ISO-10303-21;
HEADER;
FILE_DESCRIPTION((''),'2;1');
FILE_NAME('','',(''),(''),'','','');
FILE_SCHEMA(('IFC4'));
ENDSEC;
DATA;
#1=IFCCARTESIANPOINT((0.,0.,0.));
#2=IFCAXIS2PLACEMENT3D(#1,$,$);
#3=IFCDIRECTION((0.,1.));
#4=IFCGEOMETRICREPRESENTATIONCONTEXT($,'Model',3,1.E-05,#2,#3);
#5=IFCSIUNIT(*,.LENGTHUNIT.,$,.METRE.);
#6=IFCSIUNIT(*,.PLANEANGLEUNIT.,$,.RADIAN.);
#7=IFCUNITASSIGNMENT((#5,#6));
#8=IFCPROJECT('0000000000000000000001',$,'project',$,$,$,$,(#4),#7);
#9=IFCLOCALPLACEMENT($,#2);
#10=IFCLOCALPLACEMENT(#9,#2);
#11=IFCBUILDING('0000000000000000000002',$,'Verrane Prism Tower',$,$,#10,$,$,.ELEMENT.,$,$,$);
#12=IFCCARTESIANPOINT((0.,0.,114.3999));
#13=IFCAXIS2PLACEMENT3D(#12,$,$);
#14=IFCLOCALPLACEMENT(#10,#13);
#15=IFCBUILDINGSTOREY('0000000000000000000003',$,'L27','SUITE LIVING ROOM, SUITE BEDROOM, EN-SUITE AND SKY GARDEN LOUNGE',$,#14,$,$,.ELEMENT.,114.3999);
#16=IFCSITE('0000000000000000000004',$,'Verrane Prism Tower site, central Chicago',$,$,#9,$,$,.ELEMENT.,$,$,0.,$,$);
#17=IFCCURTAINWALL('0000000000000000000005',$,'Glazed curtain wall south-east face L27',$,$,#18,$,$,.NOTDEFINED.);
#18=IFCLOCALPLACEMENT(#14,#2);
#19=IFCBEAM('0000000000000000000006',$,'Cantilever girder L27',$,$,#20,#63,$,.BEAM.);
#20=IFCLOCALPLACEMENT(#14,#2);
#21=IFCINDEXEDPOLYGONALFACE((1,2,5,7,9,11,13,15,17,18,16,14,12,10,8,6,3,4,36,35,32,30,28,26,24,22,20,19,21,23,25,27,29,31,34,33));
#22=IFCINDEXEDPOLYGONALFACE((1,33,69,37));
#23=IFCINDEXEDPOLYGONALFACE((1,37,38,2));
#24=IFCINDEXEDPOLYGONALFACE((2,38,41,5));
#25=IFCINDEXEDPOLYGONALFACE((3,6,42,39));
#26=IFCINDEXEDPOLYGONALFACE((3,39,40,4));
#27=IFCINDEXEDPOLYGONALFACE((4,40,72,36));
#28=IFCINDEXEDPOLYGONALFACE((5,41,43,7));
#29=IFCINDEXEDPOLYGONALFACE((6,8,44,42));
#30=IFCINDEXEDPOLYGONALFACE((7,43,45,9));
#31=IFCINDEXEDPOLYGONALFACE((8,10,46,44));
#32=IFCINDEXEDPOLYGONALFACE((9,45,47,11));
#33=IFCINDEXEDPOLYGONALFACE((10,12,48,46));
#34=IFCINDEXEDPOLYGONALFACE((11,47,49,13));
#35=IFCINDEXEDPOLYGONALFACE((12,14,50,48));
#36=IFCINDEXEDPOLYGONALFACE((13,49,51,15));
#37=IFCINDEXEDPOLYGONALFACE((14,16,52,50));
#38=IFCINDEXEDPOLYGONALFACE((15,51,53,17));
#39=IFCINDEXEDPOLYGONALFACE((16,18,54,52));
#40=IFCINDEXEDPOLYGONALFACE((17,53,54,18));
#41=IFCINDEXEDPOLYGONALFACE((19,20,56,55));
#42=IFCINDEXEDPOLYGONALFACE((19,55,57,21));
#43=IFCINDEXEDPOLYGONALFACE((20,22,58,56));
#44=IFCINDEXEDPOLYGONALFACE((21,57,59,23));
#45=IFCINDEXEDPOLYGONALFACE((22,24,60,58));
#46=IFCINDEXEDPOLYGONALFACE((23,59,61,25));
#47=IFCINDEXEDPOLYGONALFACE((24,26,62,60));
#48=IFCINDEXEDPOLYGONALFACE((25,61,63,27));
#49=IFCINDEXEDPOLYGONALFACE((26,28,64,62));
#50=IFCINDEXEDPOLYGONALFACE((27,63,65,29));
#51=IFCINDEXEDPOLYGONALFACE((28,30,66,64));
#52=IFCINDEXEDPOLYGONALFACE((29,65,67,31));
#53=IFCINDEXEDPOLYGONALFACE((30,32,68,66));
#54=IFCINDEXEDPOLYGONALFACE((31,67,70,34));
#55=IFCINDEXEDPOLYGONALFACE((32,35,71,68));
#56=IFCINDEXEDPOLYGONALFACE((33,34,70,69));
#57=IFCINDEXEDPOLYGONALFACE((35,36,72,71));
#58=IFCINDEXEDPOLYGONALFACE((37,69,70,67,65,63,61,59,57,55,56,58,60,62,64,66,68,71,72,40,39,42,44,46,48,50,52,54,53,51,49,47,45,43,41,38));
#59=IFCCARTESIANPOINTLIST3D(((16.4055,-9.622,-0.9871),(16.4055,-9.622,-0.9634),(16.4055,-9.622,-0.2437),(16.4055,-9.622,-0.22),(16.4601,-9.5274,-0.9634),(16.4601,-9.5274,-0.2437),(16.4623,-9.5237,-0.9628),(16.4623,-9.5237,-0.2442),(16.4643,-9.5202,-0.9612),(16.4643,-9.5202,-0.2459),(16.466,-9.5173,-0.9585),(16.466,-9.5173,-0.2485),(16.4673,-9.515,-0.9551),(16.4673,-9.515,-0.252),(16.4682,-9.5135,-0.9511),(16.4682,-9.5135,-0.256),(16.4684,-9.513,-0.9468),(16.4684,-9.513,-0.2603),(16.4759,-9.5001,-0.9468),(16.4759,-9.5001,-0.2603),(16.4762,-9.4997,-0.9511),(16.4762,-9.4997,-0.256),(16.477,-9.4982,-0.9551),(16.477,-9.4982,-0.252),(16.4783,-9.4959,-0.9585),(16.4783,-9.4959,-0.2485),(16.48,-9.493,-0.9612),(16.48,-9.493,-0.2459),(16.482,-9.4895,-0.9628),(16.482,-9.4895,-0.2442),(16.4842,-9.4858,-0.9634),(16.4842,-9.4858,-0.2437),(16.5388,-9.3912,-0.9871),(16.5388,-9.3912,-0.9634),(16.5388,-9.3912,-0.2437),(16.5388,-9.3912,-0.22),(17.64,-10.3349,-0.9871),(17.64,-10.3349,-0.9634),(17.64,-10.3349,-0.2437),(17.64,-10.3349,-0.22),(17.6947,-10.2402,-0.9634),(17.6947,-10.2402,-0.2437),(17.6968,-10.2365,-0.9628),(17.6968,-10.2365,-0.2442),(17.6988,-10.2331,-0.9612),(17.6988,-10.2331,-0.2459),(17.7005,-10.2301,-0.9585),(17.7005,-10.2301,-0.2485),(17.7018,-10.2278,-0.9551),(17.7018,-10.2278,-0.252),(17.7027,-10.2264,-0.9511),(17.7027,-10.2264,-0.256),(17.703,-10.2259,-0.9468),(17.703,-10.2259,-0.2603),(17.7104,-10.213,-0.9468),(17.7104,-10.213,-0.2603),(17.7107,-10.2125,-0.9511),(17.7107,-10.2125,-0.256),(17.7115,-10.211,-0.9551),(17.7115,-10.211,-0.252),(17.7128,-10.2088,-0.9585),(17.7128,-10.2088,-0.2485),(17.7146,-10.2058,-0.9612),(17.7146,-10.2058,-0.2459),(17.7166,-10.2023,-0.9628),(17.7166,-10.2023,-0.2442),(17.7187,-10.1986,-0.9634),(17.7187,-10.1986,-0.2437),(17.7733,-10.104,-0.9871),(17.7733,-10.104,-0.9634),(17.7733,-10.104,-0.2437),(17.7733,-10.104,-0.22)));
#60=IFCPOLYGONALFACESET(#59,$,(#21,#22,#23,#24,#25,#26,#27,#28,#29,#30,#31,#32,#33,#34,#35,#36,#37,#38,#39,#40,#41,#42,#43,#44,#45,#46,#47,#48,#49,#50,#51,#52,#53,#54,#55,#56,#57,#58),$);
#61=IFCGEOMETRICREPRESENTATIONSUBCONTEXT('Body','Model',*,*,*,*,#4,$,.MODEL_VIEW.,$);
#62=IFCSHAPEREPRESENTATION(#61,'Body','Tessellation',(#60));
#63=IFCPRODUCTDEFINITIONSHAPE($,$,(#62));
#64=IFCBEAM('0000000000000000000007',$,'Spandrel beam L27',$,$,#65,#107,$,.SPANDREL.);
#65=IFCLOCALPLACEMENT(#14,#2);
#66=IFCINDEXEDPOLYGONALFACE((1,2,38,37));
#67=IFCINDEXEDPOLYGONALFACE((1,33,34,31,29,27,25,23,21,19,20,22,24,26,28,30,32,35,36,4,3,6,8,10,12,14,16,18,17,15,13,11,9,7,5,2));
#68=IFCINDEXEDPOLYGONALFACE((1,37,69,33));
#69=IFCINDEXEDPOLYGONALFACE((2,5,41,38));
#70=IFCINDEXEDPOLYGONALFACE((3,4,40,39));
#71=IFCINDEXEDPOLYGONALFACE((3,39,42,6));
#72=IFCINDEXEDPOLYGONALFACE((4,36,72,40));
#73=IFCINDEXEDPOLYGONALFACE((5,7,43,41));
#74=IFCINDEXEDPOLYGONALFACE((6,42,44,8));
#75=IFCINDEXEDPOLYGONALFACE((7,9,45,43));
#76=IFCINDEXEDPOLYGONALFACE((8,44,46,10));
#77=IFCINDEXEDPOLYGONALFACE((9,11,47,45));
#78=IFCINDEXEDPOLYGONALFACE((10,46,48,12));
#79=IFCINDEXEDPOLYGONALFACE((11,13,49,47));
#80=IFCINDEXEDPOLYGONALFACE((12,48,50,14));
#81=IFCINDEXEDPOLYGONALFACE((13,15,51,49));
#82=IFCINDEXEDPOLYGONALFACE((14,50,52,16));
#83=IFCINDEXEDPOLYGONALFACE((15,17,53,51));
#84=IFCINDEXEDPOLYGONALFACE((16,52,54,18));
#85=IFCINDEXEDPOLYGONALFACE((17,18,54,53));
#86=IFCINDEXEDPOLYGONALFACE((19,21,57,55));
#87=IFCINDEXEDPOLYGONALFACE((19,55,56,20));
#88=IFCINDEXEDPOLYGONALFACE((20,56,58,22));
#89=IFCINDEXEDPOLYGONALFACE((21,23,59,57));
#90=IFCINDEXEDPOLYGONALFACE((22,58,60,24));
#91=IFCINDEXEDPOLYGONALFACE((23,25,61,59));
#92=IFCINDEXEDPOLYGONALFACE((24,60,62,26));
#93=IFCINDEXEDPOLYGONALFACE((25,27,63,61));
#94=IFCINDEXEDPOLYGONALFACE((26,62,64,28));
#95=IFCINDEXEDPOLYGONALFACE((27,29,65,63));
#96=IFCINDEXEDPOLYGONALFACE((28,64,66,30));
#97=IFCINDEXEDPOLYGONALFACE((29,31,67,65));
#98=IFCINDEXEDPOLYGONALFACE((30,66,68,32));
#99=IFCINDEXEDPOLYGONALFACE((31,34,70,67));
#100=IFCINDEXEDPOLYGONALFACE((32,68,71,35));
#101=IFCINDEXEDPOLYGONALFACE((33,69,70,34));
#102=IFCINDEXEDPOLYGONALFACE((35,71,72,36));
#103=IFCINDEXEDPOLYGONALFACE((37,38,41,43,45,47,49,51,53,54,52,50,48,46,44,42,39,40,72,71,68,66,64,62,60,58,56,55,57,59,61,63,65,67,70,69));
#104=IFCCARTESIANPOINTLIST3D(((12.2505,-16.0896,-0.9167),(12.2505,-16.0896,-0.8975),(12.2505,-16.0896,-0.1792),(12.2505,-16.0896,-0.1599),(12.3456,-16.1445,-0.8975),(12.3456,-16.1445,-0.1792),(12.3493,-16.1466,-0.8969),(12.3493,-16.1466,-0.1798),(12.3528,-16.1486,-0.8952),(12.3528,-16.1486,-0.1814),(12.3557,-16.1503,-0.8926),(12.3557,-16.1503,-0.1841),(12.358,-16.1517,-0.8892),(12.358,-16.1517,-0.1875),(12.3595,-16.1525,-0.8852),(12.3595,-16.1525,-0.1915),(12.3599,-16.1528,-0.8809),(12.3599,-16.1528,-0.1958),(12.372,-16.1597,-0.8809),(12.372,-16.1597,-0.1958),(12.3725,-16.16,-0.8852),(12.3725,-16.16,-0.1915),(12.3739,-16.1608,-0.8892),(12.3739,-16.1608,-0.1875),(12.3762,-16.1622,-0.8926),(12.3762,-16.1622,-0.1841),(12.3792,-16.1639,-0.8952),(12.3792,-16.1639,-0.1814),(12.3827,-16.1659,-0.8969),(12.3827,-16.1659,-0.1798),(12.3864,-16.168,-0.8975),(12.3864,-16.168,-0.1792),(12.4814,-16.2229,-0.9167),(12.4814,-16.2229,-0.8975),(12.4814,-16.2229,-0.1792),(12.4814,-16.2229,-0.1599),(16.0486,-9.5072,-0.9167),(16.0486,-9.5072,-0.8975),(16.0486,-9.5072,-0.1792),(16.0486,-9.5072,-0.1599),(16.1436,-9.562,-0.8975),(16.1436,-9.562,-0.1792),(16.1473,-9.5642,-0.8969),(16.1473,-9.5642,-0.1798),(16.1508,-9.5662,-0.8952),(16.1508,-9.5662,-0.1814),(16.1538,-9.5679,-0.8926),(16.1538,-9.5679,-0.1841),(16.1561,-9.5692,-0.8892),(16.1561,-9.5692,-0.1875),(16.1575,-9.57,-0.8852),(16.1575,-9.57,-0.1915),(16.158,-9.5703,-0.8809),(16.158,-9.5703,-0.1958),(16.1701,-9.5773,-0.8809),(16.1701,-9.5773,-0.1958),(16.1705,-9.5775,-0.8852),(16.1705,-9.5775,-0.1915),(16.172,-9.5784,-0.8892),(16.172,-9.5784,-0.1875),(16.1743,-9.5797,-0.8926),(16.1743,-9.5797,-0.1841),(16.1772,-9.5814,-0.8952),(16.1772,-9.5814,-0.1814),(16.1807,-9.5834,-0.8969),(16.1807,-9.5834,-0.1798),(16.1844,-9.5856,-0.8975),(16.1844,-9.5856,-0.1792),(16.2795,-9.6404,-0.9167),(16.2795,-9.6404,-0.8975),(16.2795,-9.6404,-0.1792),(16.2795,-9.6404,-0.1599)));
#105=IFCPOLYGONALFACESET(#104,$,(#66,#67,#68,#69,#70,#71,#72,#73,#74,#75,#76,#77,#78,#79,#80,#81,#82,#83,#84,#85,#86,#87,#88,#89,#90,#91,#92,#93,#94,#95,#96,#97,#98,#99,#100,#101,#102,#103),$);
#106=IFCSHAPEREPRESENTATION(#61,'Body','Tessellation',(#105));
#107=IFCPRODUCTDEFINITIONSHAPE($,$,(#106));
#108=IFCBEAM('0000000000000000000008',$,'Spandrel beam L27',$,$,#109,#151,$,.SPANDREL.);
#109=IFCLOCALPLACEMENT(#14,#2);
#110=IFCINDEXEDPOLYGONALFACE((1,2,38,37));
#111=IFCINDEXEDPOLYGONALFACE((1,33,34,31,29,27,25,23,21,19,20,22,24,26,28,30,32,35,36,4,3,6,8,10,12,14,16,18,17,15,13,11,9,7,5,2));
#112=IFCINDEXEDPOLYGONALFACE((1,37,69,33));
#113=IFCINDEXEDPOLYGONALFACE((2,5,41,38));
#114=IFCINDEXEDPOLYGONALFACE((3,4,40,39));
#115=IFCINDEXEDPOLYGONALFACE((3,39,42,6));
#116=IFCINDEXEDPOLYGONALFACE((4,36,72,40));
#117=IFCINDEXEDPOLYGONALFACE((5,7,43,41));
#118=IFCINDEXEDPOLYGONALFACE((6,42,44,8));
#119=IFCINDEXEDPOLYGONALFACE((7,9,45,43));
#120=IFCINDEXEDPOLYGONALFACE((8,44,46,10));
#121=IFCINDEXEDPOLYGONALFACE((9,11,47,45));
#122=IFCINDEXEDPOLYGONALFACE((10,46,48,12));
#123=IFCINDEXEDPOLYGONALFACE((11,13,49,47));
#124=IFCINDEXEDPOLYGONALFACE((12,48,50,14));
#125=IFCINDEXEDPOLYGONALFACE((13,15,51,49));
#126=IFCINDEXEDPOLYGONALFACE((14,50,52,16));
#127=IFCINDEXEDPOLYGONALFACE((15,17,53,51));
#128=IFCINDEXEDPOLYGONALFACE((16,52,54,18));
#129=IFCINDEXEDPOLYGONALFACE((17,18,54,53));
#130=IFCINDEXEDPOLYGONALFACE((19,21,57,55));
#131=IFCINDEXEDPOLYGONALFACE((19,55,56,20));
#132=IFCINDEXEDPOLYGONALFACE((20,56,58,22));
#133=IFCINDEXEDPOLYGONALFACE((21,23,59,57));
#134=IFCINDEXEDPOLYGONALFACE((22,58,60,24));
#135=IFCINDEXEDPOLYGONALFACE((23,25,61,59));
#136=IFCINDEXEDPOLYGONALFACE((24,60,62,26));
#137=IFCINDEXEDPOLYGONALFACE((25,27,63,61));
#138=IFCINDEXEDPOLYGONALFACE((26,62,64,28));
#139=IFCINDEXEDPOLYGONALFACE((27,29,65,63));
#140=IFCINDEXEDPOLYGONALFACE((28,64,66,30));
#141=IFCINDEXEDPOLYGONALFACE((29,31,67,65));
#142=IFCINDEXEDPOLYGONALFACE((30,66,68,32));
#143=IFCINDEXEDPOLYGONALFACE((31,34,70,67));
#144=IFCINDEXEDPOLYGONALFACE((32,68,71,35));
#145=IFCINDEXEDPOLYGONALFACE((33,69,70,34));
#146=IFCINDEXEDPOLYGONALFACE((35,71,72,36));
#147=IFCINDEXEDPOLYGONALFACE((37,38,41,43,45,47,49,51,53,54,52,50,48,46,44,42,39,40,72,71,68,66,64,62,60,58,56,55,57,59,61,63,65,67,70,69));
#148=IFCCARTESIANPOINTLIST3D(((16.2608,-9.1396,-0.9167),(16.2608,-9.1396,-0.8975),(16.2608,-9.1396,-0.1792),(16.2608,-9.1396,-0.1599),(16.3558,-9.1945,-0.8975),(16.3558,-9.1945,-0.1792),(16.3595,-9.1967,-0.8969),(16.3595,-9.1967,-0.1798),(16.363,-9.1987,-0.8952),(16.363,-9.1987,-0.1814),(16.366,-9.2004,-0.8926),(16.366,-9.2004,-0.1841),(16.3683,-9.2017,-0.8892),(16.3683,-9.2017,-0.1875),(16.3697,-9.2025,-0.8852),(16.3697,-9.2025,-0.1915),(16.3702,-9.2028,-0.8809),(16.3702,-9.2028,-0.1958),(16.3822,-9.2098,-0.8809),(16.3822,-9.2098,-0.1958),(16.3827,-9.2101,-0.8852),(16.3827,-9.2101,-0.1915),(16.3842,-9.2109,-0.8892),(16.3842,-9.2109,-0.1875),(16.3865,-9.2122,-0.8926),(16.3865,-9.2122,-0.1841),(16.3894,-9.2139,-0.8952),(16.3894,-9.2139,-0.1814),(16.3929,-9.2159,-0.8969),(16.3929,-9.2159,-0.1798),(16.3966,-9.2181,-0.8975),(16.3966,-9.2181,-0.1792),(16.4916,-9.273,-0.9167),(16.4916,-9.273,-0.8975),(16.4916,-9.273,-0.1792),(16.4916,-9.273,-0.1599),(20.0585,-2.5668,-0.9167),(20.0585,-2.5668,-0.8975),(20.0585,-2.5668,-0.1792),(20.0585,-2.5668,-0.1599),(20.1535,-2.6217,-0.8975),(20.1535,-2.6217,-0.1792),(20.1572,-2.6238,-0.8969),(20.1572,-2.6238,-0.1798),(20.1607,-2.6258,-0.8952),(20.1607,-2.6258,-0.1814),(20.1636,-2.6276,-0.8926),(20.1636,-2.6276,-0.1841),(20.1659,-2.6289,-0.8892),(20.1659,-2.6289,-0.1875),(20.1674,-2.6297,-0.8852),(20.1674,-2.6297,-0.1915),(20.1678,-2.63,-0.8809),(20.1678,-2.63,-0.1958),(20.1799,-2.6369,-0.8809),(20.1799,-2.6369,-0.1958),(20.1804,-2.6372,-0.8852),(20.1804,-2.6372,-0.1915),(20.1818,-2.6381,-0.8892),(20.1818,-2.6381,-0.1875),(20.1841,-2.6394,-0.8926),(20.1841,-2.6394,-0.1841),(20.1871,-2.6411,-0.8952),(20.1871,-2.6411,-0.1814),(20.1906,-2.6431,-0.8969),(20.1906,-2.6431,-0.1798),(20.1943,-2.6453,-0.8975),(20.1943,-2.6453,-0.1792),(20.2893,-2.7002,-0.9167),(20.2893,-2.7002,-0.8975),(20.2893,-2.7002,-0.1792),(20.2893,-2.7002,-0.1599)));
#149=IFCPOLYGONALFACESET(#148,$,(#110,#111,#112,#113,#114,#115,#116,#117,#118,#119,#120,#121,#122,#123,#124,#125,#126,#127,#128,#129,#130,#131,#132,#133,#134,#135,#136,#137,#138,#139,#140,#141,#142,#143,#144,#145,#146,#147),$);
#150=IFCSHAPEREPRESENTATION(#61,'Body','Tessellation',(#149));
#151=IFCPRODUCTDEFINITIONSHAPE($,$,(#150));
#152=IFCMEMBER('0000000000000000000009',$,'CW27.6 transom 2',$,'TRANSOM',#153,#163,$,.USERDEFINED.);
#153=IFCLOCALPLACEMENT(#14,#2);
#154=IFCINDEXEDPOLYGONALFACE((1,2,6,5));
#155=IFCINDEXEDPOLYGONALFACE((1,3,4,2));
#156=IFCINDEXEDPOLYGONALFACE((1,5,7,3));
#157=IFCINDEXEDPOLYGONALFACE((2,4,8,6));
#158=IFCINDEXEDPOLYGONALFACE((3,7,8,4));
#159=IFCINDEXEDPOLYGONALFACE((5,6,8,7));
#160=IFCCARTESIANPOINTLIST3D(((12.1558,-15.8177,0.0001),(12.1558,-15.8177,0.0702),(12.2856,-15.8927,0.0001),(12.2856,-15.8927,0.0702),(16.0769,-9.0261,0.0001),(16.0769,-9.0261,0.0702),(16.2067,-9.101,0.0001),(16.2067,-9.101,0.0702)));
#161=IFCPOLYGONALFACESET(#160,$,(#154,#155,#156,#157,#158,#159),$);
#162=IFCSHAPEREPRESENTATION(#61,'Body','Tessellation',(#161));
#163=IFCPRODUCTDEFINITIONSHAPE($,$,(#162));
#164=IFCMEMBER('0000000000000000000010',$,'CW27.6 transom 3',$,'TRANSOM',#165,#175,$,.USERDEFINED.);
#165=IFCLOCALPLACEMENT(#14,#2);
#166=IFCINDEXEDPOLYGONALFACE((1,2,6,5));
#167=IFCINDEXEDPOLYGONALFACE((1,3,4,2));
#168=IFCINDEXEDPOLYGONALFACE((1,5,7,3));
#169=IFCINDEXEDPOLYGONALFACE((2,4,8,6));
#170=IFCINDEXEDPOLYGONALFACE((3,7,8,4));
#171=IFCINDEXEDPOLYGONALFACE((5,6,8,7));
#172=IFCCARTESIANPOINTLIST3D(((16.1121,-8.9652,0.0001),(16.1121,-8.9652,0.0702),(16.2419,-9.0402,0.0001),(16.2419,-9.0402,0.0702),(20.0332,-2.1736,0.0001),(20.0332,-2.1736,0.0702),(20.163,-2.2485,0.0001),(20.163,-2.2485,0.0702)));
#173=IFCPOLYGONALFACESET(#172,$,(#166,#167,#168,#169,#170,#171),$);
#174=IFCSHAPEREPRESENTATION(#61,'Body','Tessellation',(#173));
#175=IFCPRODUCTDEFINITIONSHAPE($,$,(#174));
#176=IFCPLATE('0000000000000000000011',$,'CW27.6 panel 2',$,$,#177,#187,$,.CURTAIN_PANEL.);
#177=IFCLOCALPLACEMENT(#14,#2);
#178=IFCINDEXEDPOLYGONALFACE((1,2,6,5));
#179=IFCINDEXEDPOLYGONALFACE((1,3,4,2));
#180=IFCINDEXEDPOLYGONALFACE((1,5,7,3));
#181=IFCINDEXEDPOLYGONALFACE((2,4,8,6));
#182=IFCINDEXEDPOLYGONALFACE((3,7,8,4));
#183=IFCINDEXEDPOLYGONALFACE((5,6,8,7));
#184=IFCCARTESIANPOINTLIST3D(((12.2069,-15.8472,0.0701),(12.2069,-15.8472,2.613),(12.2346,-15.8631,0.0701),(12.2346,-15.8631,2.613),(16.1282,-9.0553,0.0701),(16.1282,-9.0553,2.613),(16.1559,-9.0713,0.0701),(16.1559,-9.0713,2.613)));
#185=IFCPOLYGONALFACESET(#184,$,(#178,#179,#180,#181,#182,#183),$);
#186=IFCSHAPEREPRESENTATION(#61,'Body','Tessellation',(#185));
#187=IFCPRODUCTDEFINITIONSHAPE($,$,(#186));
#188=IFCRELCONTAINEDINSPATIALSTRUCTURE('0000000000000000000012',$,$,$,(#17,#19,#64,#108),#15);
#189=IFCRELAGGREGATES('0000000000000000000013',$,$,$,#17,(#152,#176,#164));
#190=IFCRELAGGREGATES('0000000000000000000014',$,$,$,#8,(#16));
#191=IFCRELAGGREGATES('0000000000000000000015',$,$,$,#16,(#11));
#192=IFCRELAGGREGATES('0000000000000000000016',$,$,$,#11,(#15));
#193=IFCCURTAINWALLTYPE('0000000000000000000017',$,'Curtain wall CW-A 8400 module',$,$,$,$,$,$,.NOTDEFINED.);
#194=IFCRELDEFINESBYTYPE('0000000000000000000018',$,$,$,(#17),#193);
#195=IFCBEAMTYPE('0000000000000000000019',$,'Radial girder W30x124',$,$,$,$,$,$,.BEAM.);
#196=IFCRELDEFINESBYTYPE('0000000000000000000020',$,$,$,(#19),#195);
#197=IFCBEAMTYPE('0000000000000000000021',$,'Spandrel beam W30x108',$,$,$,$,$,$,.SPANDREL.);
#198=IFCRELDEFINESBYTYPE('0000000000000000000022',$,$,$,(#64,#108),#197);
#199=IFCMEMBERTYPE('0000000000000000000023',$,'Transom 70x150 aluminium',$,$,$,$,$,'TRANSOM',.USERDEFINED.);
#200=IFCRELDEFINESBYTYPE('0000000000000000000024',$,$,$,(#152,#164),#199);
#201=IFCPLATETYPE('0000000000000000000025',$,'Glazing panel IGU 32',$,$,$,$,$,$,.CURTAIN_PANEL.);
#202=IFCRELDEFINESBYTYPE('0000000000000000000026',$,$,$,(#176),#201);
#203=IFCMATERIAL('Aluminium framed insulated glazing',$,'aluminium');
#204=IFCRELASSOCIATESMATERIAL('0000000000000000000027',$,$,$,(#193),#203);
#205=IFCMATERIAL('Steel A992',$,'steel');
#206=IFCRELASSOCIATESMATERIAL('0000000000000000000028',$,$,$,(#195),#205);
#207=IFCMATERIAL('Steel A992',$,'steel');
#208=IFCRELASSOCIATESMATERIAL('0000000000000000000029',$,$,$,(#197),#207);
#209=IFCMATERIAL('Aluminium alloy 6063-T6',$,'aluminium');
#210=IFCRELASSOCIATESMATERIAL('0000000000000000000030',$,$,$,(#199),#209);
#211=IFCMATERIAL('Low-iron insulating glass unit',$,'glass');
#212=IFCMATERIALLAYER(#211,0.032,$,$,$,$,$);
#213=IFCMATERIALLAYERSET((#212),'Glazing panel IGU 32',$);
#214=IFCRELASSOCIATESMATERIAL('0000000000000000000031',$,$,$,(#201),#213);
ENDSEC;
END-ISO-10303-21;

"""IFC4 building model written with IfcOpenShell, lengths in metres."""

from ifc_helpers import new_model, si_unit, direction, frame, origin, origin_2d, place, context, subcontext, project, spatial, rectangle, i_section, extrude, material, layer, layer_set, material_profile, profile_set, type_object, element, aggregate, save


model = new_model("IFC4")

# Units and contexts
model_context = context("Model", 3, precision=1e-05, world=origin(), true_north=direction((0.0, 1.0)))
body_context = subcontext(model_context, "Body", "Model", "MODEL_VIEW")
ifc_project = project(units=[si_unit("LENGTHUNIT", "METRE"), si_unit("PLANEANGLEUNIT", "RADIAN")], contexts=[model_context])

# Site, building, storey
site_placement = place(None, origin())
site = spatial("IfcSite", under=ifc_project, at=site_placement, Name="Verrane Prism Tower site, central Chicago", CompositionType="ELEMENT", RefElevation=0.0)
building_placement = place(site_placement, origin())
building = spatial("IfcBuilding", under=site, at=building_placement, Name="Verrane Prism Tower", CompositionType="ELEMENT")
storey_placement = place(building_placement, frame((0.0, 0.0, 114.3999)))
storey = spatial("IfcBuildingStorey", under=building, at=storey_placement, Name="L27", Description="SUITE LIVING ROOM, SUITE BEDROOM, EN-SUITE AND SKY GARDEN LOUNGE", CompositionType="ELEMENT", Elevation=114.3999)

# Curtain wall
ifc_material_1 = material(Name="Aluminium framed insulated glazing", Category="aluminium")
curtain_wall_type = type_object("IfcCurtainWallType", Name="Curtain wall CW-A 8400 module", PredefinedType="NOTDEFINED", material=ifc_material_1)
curtain_wall_placement = place(storey_placement, origin())
curtain_wall = element("IfcCurtainWall", 1, at=curtain_wall_placement, inside=storey, type_object=curtain_wall_type, Name="Glazed curtain wall south-east face L27", PredefinedType="NOTDEFINED")

# Beams
ifc_material_2 = material(Name="Steel A992", Category="steel")
ifc_material_profile_1 = material_profile(ifc_material_2, i_section(OverallWidth=0.2666, OverallDepth=0.7671, WebThickness=0.0149, FlangeThickness=0.0237, FilletRadius=0.0166, at=origin_2d()), Name="W30x124")
ifc_profile_set_1 = profile_set([ifc_material_profile_1], Name="Steel A992")
beam_type_1 = type_object("IfcBeamType", Name="Radial girder W30x124", PredefinedType="BEAM", material=ifc_profile_set_1)
beam_1_placement = place(storey_placement, frame((16.4722, -9.5066, -0.6035), z_axis=(0.866, -0.500044, 0.0), x_axis=(0.500044, 0.866, 0.0)))
element("IfcBeam", 2, at=beam_1_placement, inside=storey, type_object=beam_type_1, Name="Cantilever girder L27", PredefinedType="BEAM", context=body_context, shape_type="SweptSolid", body=[
    extrude(i_section(OverallWidth=0.2666, OverallDepth=0.7671, WebThickness=0.0149, FlangeThickness=0.0237, FilletRadius=0.0166, at=origin_2d()), origin(), (0.0, 0.0, 1.0), 1.4255),
])
ifc_material_3 = material(Name="Steel A992", Category="steel")
ifc_material_profile_2 = material_profile(ifc_material_3, i_section(OverallWidth=0.2666, OverallDepth=0.7568, WebThickness=0.0139, FlangeThickness=0.0193, FilletRadius=0.0166, at=origin_2d()), Name="W30x108")
ifc_profile_set_2 = profile_set([ifc_material_profile_2], Name="Steel A992")
beam_type_2 = type_object("IfcBeamType", Name="Spandrel beam W30x108", PredefinedType="SPANDREL", material=ifc_profile_set_2)
beam_2_placement = place(storey_placement, frame((12.366, -16.1562, -0.5383), z_axis=(0.499771, 0.866158, 0.0), x_axis=(-0.866158, 0.499771, 0.0)))
element("IfcBeam", 3, at=beam_2_placement, inside=storey, type_object=beam_type_2, Name="Spandrel beam L27", PredefinedType="SPANDREL", context=body_context, shape_type="SweptSolid", body=[
    extrude(i_section(OverallWidth=0.2666, OverallDepth=0.7568, WebThickness=0.0139, FlangeThickness=0.0193, FilletRadius=0.0166, at=origin_2d()), origin(), (0.0, 0.0, 1.0), 7.5996),
])
beam_3_placement = place(storey_placement, frame((16.3762, -9.2063, -0.5383), z_axis=(0.500279, 0.865864, 0.0), x_axis=(-0.865864, 0.500279, 0.0)))
element("IfcBeam", 4, at=beam_3_placement, inside=storey, type_object=beam_type_2, Name="Spandrel beam L27", PredefinedType="SPANDREL", context=body_context, shape_type="SweptSolid", body=[
    extrude(i_section(OverallWidth=0.2666, OverallDepth=0.7568, WebThickness=0.0139, FlangeThickness=0.0193, FilletRadius=0.0166, at=origin_2d()), origin(), (0.0, 0.0, 1.0), 7.5911),
])

# Members
ifc_material_4 = material(Name="Aluminium alloy 6063-T6", Category="aluminium")
ifc_material_profile_3 = material_profile(ifc_material_4, rectangle(XDim=0.1499, YDim=0.0701, at=origin_2d()), Name="Transom 70x150 aluminium")
ifc_profile_set_3 = profile_set([ifc_material_profile_3], Name="Aluminium alloy 6063-T6")
member_type_1 = type_object("IfcMemberType", Name="Transom 70x150 aluminium", ElementType="TRANSOM", PredefinedType="USERDEFINED", material=ifc_profile_set_3)
member_1_placement = place(storey_placement, frame((12.2207, -15.8552, 0.0352), z_axis=(0.499993, 0.86603, 0.0), x_axis=(-0.86603, 0.499993, 0.0)))
member_1 = element("IfcMember", 5, at=member_1_placement, type_object=member_type_1, Name="CW27.6 transom 2", ObjectType="TRANSOM", PredefinedType="USERDEFINED", context=body_context, shape_type="SweptSolid", body=[
    extrude(rectangle(XDim=0.1499, YDim=0.0701, at=origin_2d()), origin(), (0.0, 0.0, 1.0), 7.8423),
])
member_2_placement = place(storey_placement, frame((16.177, -9.0027, 0.0352), z_axis=(0.499993, 0.86603, 0.0), x_axis=(-0.86603, 0.499993, 0.0)))
member_2 = element("IfcMember", 6, at=member_2_placement, type_object=member_type_1, Name="CW27.6 transom 3", ObjectType="TRANSOM", PredefinedType="USERDEFINED", context=body_context, shape_type="SweptSolid", body=[
    extrude(rectangle(XDim=0.1499, YDim=0.0701, at=origin_2d()), origin(), (0.0, 0.0, 1.0), 7.8423),
])

# Plate
ifc_material_5 = material(Name="Low-iron insulating glass unit", Category="glass")
ifc_layer_1 = layer(ifc_material_5, 0.032)
ifc_layer_set_1 = layer_set([ifc_layer_1], Name="Glazing panel IGU 32")
plate_type = type_object("IfcPlateType", Name="Glazing panel IGU 32", PredefinedType="CURTAIN_PANEL", material=ifc_layer_set_1)
plate_placement = place(storey_placement, frame((14.1814, -12.4592, 0.0701), z_axis=(0.0, 0.0, 1.0), x_axis=(0.499999, 0.866026, 0.0)))
plate = element("IfcPlate", 7, at=plate_placement, type_object=plate_type, Name="CW27.6 panel 2", PredefinedType="CURTAIN_PANEL", context=body_context, shape_type="SweptSolid", body=[
    extrude(rectangle(XDim=7.8425, YDim=0.032, at=origin_2d()), origin(), (0.0, 0.0, 1.0), 2.543),
])
aggregate(curtain_wall, [member_1, plate, member_2])

save(model, "model.ifc")
